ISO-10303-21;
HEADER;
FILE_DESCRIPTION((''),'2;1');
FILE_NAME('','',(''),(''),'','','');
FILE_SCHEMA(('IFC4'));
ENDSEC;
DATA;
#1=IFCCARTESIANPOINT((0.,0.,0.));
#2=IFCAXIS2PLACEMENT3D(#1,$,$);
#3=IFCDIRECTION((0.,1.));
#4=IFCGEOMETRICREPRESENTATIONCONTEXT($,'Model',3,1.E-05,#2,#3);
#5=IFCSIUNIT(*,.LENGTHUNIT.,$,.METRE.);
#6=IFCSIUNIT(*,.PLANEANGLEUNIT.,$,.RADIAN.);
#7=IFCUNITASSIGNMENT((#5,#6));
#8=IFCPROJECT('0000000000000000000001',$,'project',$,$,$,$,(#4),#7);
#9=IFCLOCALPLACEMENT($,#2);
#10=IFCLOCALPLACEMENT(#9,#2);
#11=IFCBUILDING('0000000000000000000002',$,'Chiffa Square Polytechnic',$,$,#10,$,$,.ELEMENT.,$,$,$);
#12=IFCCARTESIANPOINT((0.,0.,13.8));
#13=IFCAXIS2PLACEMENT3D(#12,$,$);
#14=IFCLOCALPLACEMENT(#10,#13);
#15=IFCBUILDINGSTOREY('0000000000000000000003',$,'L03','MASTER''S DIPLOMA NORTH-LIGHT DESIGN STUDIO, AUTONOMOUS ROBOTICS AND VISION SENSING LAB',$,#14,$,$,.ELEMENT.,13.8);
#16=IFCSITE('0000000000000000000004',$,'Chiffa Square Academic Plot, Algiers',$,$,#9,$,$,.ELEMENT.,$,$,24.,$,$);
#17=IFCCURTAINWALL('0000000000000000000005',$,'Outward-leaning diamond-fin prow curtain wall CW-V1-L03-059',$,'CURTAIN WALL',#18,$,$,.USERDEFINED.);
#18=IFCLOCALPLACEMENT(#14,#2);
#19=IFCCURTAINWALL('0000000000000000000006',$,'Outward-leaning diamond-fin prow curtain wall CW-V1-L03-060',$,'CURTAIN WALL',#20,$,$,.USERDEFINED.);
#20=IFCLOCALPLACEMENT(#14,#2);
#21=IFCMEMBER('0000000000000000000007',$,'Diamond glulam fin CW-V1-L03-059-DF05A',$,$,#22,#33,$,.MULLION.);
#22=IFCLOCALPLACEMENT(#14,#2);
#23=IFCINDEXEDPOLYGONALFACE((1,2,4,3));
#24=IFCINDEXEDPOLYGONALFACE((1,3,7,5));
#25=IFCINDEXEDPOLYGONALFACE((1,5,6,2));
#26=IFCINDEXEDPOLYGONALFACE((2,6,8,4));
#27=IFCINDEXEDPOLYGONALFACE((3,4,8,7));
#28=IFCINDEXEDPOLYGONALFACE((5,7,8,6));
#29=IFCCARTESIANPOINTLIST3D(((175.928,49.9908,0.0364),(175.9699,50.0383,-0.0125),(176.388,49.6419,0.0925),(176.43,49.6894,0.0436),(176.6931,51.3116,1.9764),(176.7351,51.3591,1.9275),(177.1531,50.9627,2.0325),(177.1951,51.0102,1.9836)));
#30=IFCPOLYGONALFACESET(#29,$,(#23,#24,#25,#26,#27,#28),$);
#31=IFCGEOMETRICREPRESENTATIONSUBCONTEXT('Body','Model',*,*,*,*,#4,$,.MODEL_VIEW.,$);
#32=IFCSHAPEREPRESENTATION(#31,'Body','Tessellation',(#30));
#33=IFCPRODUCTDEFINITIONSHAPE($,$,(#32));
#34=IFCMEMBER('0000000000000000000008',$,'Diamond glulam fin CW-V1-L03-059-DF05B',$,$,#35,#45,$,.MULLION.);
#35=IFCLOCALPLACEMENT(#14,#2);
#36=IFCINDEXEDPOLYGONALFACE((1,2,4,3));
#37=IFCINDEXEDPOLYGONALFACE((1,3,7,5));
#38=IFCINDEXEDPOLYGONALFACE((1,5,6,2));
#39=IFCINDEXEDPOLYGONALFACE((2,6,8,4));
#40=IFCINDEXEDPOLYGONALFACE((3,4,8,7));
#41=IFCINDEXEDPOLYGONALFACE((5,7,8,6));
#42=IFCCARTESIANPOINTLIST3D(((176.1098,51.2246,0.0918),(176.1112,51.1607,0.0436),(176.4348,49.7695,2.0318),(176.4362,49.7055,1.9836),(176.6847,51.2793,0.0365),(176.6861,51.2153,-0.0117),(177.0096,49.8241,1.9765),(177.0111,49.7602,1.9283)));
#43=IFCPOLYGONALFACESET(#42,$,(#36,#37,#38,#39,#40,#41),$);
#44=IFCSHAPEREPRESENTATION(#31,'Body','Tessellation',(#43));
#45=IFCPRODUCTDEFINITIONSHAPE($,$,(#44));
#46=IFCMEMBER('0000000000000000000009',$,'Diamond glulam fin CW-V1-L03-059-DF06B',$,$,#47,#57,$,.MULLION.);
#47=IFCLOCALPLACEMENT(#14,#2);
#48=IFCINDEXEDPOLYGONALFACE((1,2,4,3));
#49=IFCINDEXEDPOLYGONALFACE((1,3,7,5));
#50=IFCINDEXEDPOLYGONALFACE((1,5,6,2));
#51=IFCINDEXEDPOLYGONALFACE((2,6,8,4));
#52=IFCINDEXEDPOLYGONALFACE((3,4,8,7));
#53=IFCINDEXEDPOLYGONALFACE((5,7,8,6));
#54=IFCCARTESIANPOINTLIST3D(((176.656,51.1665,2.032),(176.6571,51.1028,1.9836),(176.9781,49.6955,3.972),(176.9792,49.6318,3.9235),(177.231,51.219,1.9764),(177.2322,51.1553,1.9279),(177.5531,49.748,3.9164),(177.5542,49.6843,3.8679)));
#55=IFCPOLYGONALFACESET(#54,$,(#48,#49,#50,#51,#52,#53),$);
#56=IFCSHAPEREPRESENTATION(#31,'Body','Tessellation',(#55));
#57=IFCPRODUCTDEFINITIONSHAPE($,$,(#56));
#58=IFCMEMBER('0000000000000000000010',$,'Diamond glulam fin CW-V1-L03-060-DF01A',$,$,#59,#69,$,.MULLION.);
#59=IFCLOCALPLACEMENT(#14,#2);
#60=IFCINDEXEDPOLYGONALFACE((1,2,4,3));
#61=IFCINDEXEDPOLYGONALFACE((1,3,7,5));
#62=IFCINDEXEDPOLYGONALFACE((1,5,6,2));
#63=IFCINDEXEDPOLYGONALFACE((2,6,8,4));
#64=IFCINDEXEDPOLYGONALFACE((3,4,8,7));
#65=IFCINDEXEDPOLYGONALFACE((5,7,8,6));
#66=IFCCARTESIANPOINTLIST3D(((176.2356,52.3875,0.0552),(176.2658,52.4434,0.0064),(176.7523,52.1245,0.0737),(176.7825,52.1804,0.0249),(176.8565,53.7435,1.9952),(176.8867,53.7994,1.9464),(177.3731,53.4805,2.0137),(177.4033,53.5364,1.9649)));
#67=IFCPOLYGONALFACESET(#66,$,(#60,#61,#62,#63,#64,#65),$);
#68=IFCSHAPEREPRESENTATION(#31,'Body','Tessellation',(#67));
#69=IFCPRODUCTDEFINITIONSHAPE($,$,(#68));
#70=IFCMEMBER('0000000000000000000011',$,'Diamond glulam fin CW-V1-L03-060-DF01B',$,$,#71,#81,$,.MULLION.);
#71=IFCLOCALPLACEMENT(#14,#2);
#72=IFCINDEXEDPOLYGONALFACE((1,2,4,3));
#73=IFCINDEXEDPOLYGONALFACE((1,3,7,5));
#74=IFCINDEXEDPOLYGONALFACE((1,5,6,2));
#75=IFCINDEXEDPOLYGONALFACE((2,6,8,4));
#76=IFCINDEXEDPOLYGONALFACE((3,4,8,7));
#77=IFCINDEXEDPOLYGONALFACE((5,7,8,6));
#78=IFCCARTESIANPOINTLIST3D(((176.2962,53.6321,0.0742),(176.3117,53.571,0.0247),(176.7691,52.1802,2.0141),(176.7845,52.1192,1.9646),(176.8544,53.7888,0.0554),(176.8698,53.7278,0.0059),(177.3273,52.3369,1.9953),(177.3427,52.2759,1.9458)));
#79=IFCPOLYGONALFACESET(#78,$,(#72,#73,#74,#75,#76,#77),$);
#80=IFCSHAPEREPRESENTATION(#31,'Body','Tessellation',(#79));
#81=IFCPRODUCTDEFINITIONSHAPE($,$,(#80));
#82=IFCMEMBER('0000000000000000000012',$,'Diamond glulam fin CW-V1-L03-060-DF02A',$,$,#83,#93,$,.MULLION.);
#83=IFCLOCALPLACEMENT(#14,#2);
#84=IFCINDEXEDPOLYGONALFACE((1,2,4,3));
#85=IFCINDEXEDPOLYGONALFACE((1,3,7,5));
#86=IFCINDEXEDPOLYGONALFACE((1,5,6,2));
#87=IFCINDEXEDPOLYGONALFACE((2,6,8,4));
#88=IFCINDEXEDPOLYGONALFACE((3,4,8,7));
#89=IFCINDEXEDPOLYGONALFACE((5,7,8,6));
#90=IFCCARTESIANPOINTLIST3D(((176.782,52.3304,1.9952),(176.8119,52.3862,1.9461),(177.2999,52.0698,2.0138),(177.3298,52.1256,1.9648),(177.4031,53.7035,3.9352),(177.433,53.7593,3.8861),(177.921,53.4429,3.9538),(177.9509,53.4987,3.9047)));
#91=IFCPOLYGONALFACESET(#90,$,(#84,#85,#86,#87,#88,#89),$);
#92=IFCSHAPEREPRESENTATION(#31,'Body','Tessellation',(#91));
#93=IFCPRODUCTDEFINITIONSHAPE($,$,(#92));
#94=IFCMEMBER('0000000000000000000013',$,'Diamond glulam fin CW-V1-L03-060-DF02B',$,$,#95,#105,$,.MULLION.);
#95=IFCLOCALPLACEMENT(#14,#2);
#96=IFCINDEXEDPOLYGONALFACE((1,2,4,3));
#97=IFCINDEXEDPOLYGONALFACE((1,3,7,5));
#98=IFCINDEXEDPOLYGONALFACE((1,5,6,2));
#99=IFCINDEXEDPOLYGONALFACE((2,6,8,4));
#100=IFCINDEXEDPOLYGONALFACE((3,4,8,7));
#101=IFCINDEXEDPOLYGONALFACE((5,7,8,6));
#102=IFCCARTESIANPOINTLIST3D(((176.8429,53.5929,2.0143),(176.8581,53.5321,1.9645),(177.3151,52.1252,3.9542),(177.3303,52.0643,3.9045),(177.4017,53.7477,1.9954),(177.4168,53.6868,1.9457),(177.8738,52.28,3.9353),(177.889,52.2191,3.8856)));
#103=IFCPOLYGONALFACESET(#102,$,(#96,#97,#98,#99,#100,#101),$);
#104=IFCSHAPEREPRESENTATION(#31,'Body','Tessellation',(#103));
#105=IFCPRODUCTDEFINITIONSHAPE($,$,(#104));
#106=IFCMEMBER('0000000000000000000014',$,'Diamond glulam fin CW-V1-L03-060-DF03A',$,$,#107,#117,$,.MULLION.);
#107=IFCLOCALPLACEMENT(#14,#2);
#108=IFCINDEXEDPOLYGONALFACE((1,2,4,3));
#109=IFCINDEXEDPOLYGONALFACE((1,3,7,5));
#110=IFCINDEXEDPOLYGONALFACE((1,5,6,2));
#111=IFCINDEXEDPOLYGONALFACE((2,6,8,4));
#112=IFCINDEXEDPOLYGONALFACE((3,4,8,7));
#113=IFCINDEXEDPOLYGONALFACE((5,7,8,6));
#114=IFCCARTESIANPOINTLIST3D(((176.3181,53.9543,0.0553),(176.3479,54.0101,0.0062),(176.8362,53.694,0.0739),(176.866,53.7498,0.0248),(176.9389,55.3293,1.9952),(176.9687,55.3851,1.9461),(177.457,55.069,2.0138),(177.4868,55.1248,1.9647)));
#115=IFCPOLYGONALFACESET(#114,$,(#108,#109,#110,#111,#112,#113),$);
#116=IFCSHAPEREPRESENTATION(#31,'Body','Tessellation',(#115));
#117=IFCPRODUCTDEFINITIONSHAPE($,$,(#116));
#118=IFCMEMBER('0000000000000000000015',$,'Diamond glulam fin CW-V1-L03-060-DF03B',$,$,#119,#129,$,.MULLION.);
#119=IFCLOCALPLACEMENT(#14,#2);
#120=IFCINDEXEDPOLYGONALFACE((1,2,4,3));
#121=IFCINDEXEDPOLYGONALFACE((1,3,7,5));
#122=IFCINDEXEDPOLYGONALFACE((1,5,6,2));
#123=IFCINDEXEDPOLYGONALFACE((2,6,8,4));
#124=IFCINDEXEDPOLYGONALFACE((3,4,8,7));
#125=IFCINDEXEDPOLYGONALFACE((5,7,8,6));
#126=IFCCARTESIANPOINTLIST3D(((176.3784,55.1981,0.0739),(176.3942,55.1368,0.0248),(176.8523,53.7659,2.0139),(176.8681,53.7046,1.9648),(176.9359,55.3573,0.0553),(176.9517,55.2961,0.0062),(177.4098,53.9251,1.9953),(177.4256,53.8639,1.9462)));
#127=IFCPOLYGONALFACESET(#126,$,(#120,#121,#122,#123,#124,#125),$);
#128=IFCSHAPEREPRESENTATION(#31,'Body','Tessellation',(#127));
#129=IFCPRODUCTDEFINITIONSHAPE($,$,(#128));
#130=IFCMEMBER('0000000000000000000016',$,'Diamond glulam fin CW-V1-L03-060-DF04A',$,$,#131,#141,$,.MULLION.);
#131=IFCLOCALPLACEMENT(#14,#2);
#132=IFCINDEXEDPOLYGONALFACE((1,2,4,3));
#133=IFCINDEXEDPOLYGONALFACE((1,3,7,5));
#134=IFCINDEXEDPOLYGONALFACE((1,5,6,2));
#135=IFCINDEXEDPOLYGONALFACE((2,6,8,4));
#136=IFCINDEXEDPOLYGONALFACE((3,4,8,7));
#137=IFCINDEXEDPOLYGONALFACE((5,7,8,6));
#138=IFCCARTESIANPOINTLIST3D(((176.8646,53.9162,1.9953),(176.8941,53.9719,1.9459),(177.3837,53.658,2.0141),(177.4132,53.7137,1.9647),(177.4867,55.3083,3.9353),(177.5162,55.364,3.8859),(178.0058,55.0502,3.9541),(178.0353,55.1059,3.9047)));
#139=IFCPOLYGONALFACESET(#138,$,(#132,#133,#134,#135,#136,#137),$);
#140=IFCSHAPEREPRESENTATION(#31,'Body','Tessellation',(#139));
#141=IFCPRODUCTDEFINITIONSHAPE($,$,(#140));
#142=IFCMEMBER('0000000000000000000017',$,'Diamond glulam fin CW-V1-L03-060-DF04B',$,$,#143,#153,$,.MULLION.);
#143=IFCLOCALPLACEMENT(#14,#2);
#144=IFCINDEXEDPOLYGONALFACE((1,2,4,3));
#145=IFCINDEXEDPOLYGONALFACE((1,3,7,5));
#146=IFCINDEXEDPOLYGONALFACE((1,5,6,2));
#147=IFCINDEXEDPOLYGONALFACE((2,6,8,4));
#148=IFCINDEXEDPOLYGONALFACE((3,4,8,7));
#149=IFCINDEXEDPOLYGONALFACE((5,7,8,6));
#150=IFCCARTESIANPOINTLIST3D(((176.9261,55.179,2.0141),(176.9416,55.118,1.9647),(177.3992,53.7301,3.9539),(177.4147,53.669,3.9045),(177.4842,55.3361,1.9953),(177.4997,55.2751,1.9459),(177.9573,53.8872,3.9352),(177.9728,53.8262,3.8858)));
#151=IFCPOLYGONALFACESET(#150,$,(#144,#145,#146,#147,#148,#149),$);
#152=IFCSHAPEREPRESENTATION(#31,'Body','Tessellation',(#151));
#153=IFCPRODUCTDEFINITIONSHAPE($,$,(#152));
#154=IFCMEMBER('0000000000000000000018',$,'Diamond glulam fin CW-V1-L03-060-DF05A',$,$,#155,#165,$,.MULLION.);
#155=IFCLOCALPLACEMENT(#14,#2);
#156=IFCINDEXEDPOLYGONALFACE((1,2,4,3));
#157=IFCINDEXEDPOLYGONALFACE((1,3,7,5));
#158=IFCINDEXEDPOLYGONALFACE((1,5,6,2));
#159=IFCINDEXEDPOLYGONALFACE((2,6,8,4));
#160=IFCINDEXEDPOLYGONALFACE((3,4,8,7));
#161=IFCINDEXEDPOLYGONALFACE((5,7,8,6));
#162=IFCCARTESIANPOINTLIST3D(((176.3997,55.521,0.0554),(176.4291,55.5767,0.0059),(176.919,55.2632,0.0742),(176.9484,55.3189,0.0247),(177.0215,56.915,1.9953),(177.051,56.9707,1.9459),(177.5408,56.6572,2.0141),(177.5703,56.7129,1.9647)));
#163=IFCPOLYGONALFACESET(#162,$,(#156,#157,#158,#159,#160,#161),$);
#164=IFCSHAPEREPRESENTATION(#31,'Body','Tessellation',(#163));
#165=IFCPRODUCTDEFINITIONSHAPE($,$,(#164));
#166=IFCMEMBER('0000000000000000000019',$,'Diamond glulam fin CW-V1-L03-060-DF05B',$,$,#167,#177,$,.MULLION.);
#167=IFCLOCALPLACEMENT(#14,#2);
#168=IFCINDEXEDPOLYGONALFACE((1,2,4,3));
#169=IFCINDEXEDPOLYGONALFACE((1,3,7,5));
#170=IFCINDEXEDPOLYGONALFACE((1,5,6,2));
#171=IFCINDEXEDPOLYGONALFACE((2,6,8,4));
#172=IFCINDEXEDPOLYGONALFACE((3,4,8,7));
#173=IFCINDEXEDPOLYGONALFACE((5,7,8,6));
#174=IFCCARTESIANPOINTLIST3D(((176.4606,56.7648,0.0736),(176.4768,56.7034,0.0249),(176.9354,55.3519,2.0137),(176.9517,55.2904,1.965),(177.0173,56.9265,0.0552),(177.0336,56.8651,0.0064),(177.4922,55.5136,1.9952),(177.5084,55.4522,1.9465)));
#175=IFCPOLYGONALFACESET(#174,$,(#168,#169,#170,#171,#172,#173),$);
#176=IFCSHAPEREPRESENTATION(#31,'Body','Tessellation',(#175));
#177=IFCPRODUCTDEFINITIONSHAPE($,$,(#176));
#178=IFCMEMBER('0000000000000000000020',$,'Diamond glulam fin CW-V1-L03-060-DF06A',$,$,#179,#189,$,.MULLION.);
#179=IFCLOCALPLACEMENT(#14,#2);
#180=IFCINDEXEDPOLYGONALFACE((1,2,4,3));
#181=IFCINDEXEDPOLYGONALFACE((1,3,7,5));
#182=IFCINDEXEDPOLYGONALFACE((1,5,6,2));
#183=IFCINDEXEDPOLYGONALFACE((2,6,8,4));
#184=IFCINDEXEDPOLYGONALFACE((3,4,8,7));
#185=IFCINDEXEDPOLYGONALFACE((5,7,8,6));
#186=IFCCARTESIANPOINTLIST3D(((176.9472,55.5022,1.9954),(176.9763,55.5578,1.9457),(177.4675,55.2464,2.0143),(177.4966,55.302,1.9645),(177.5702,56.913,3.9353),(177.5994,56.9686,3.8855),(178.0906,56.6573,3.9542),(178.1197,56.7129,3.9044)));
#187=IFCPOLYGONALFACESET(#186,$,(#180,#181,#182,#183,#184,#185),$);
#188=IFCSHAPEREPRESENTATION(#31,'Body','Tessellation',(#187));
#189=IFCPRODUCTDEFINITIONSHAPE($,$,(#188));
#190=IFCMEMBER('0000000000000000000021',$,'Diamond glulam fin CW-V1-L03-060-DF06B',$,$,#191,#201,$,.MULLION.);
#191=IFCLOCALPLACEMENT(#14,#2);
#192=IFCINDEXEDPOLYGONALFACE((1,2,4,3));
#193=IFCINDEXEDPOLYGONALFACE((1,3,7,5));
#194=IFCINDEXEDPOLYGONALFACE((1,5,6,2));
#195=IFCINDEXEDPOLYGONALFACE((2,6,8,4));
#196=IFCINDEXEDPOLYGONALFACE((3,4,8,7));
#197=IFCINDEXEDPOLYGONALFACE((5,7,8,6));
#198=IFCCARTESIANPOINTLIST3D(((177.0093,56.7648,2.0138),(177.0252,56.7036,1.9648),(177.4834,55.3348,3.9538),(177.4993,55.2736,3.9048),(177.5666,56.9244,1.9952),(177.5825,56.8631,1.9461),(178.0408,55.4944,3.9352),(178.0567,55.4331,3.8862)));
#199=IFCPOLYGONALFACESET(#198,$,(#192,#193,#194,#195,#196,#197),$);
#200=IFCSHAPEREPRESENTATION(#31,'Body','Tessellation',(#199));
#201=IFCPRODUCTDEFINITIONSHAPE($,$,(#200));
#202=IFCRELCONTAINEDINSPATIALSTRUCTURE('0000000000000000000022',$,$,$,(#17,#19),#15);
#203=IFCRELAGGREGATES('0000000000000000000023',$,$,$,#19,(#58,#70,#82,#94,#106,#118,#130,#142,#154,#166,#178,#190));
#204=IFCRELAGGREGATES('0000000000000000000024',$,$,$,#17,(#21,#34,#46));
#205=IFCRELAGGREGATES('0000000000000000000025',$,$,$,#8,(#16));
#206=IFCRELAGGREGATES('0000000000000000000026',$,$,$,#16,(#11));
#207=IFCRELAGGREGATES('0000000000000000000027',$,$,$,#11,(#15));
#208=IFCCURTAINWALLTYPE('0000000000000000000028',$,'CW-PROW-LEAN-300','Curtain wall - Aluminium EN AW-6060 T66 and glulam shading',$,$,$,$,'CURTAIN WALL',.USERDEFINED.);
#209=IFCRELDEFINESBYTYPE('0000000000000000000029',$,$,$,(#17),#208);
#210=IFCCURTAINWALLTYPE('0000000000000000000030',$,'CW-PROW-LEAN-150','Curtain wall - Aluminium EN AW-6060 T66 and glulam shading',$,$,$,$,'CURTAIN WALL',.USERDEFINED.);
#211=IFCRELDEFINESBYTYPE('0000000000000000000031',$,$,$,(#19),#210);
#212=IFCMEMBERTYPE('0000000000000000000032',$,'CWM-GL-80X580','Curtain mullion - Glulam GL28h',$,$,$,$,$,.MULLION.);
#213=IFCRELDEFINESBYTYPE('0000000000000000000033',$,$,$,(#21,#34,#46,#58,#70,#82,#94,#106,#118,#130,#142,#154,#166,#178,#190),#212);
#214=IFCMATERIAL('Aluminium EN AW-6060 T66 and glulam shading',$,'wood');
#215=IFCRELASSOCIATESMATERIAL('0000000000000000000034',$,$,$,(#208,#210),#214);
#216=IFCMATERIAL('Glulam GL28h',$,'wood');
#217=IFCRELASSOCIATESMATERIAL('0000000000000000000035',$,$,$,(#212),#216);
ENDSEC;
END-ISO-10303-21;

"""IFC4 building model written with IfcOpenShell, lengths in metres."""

from ifc_helpers import new_model, si_unit, direction, frame, origin, origin_2d, place, context, subcontext, project, spatial, rectangle, extrude, material, material_profile, profile_set, type_object, element, aggregate, save


model = new_model("IFC4")

# Units and contexts
model_context = context("Model", 3, precision=1e-05, world=origin(), true_north=direction((0.0, 1.0)))
body_context = subcontext(model_context, "Body", "Model", "MODEL_VIEW")
ifc_project = project(units=[si_unit("LENGTHUNIT", "METRE"), si_unit("PLANEANGLEUNIT", "RADIAN")], contexts=[model_context])

# Site, building, storey
site_placement = place(None, origin())
site = spatial("IfcSite", under=ifc_project, at=site_placement, Name="Chiffa Square Academic Plot, Algiers", CompositionType="ELEMENT", RefElevation=24.0)
building_placement = place(site_placement, origin())
building = spatial("IfcBuilding", under=site, at=building_placement, Name="Chiffa Square Polytechnic", CompositionType="ELEMENT")
storey_placement = place(building_placement, frame((0.0, 0.0, 13.8)))
storey = spatial("IfcBuildingStorey", under=building, at=storey_placement, Name="L03", Description="MASTER'S DIPLOMA NORTH-LIGHT DESIGN STUDIO, AUTONOMOUS ROBOTICS AND VISION SENSING LAB", CompositionType="ELEMENT", Elevation=13.8)

# Curtain walls
ifc_material_1 = material(Name="Aluminium EN AW-6060 T66 and glulam shading", Category="wood")
curtain_wall_type_1 = type_object("IfcCurtainWallType", Name="CW-PROW-LEAN-300", Description="Curtain wall - Aluminium EN AW-6060 T66 and glulam shading", ElementType="CURTAIN WALL", PredefinedType="USERDEFINED", material=ifc_material_1)
curtain_wall_1_placement = place(storey_placement, origin())
curtain_wall_1 = element("IfcCurtainWall", 1, at=curtain_wall_1_placement, inside=storey, type_object=curtain_wall_type_1, Name="Outward-leaning diamond-fin prow curtain wall CW-V1-L03-059", ObjectType="CURTAIN WALL", PredefinedType="USERDEFINED")
curtain_wall_type_2 = type_object("IfcCurtainWallType", Name="CW-PROW-LEAN-150", Description="Curtain wall - Aluminium EN AW-6060 T66 and glulam shading", ElementType="CURTAIN WALL", PredefinedType="USERDEFINED", material=ifc_material_1)
curtain_wall_2_placement = place(storey_placement, origin())
curtain_wall_2 = element("IfcCurtainWall", 2, at=curtain_wall_2_placement, inside=storey, type_object=curtain_wall_type_2, Name="Outward-leaning diamond-fin prow curtain wall CW-V1-L03-060", ObjectType="CURTAIN WALL", PredefinedType="USERDEFINED")

# Members
ifc_material_2 = material(Name="Glulam GL28h", Category="wood")
ifc_material_profile_1 = material_profile(ifc_material_2, rectangle(XDim=0.0801, YDim=0.5801, at=origin_2d()), Name="GL28h 80x580")
ifc_profile_set_1 = profile_set([ifc_material_profile_1], Name="Glulam GL28h")
member_type_1 = type_object("IfcMemberType", Name="CWM-GL-80X580", Description="Curtain mullion - Glulam GL28h", PredefinedType="MULLION", material=ifc_profile_set_1)
member_1_placement = place(storey_placement, frame((176.179, 49.8401, 0.04), z_axis=(0.309965, 0.53507, 0.78589), x_axis=(-0.524449, -0.593239, 0.610754)))
member_1 = element("IfcMember", 3, at=member_1_placement, type_object=member_type_1, Name="Diamond glulam fin CW-V1-L03-059-DF05A", PredefinedType="MULLION", context=body_context, shape_type="SweptSolid", body=[
    extrude(rectangle(XDim=0.0801, YDim=0.5801, at=origin_2d()), origin(), (0.0, 0.0, 1.0), 2.4685),
])
member_2_placement = place(storey_placement, frame((176.3979, 51.22, 0.04), z_axis=(0.132813, -0.594717, 0.792889), x_axis=(-0.018011, 0.798396, 0.601864)))
member_2 = element("IfcMember", 4, at=member_2_placement, type_object=member_type_1, Name="Diamond glulam fin CW-V1-L03-059-DF05B", PredefinedType="MULLION", context=body_context, shape_type="SweptSolid", body=[
    extrude(rectangle(XDim=0.0801, YDim=0.5801, at=origin_2d()), origin(), (0.0, 0.0, 1.0), 2.4468),
])
member_3_placement = place(storey_placement, frame((176.9441, 51.1609, 1.98), z_axis=(0.131129, -0.598978, 0.789956), x_axis=(-0.014042, 0.795634, 0.605615)))
member_3 = element("IfcMember", 5, at=member_3_placement, type_object=member_type_1, Name="Diamond glulam fin CW-V1-L03-059-DF06B", PredefinedType="MULLION", context=body_context, shape_type="SweptSolid", body=[
    extrude(rectangle(XDim=0.0801, YDim=0.5801, at=origin_2d()), origin(), (0.0, 0.0, 1.0), 2.4558),
])
member_4_placement = place(storey_placement, frame((176.509, 52.2839, 0.04), z_axis=(0.253726, 0.554147, 0.792808), x_axis=(-0.377183, -0.698065, 0.608637)))
member_4 = element("IfcMember", 6, at=member_4_placement, type_object=member_type_1, Name="Diamond glulam fin CW-V1-L03-060-DF01A", PredefinedType="MULLION", context=body_context, shape_type="SweptSolid", body=[
    extrude(rectangle(XDim=0.0801, YDim=0.5801, at=origin_2d()), origin(), (0.0, 0.0, 1.0), 2.447),
])
member_5_placement = place(storey_placement, frame((176.583, 53.6799, 0.04), z_axis=(0.19155, -0.588098, 0.785779), x_axis=(-0.193257, 0.762331, 0.617659)))
member_5 = element("IfcMember", 7, at=member_5_placement, type_object=member_type_1, Name="Diamond glulam fin CW-V1-L03-060-DF01B", PredefinedType="MULLION", context=body_context, shape_type="SweptSolid", body=[
    extrude(rectangle(XDim=0.0801, YDim=0.5801, at=origin_2d()), origin(), (0.0, 0.0, 1.0), 2.4688),
])
member_6_placement = place(storey_placement, frame((177.0559, 52.228, 1.98), z_axis=(0.252837, 0.558945, 0.789718), x_axis=(-0.372714, -0.696971, 0.612629)))
member_6 = element("IfcMember", 8, at=member_6_placement, type_object=member_type_1, Name="Diamond glulam fin CW-V1-L03-060-DF02A", PredefinedType="MULLION", context=body_context, shape_type="SweptSolid", body=[
    extrude(rectangle(XDim=0.0801, YDim=0.5801, at=origin_2d()), origin(), (0.0, 0.0, 1.0), 2.4565),
])
member_7_placement = place(storey_placement, frame((177.1299, 53.6399, 1.98), z_axis=(0.190541, -0.592313, 0.782854), x_axis=(-0.189587, 0.760248, 0.621353)))
member_7 = element("IfcMember", 9, at=member_7_placement, type_object=member_type_1, Name="Diamond glulam fin CW-V1-L03-060-DF02B", PredefinedType="MULLION", context=body_context, shape_type="SweptSolid", body=[
    extrude(rectangle(XDim=0.0801, YDim=0.5801, at=origin_2d()), origin(), (0.0, 0.0, 1.0), 2.478),
])
member_8_placement = place(storey_placement, frame((176.592, 53.8521, 0.04), z_axis=(0.252632, 0.559505, 0.789387), x_axis=(-0.372104, -0.696924, 0.613055)))
member_8 = element("IfcMember", 10, at=member_8_placement, type_object=member_type_1, Name="Diamond glulam fin CW-V1-L03-060-DF03A", PredefinedType="MULLION", context=body_context, shape_type="SweptSolid", body=[
    extrude(rectangle(XDim=0.0801, YDim=0.5801, at=origin_2d()), origin(), (0.0, 0.0, 1.0), 2.4575),
])
member_9_placement = place(storey_placement, frame((176.665, 55.2471, 0.04), z_axis=(0.192835, -0.582777, 0.789421), x_axis=(-0.197962, 0.764872, 0.613011)))
member_9 = element("IfcMember", 11, at=member_9_placement, type_object=member_type_1, Name="Diamond glulam fin CW-V1-L03-060-DF03B", PredefinedType="MULLION", context=body_context, shape_type="SweptSolid", body=[
    extrude(rectangle(XDim=0.0801, YDim=0.5801, at=origin_2d()), origin(), (0.0, 0.0, 1.0), 2.4575),
])
member_10_placement = place(storey_placement, frame((177.1389, 53.8149, 1.98), z_axis=(0.252112, 0.564184, 0.786216), x_axis=(-0.368103, -0.695473, 0.617104)))
member_10 = element("IfcMember", 12, at=member_10_placement, type_object=member_type_1, Name="Diamond glulam fin CW-V1-L03-060-DF04A", PredefinedType="MULLION", context=body_context, shape_type="SweptSolid", body=[
    extrude(rectangle(XDim=0.0801, YDim=0.5801, at=origin_2d()), origin(), (0.0, 0.0, 1.0), 2.4675),
])
member_11_placement = place(storey_placement, frame((177.2129, 55.2271, 1.98), z_axis=(0.191779, -0.58731, 0.786313), x_axis=(-0.193992, 0.762693, 0.616982)))
member_11 = element("IfcMember", 13, at=member_11_placement, type_object=member_type_1, Name="Diamond glulam fin CW-V1-L03-060-DF04B", PredefinedType="MULLION", context=body_context, shape_type="SweptSolid", body=[
    extrude(rectangle(XDim=0.0801, YDim=0.5801, at=origin_2d()), origin(), (0.0, 0.0, 1.0), 2.467),
])
member_12_placement = place(storey_placement, frame((176.6741, 55.4199, 0.04), z_axis=(0.251906, 0.564737, 0.785885), x_axis=(-0.367504, -0.695416, 0.617525)))
member_12 = element("IfcMember", 14, at=member_12_placement, type_object=member_type_1, Name="Diamond glulam fin CW-V1-L03-060-DF05A", PredefinedType="MULLION", context=body_context, shape_type="SweptSolid", body=[
    extrude(rectangle(XDim=0.0801, YDim=0.5801, at=origin_2d()), origin(), (0.0, 0.0, 1.0), 2.4685),
])
member_13_placement = place(storey_placement, frame((176.7471, 56.8149, 0.04), z_axis=(0.194101, -0.577514, 0.792971), x_axis=(-0.202674, 0.767296, 0.608425)))
member_13 = element("IfcMember", 15, at=member_13_placement, type_object=member_type_1, Name="Diamond glulam fin CW-V1-L03-060-DF05B", PredefinedType="MULLION", context=body_context, shape_type="SweptSolid", body=[
    extrude(rectangle(XDim=0.0801, YDim=0.5801, at=origin_2d()), origin(), (0.0, 0.0, 1.0), 2.4465),
])
member_14_placement = place(storey_placement, frame((177.2219, 55.4021, 1.98), z_axis=(0.251397, 0.569288, 0.782759), x_axis=(-0.363648, -0.693925, 0.621473)))
member_14 = element("IfcMember", 16, at=member_14_placement, type_object=member_type_1, Name="Diamond glulam fin CW-V1-L03-060-DF06A", PredefinedType="MULLION", context=body_context, shape_type="SweptSolid", body=[
    extrude(rectangle(XDim=0.0801, YDim=0.5801, at=origin_2d()), origin(), (0.0, 0.0, 1.0), 2.4783),
])
member_15_placement = place(storey_placement, frame((177.2959, 56.814, 1.98), z_axis=(0.193031, -0.582175, 0.789817), x_axis=(-0.198554, 0.765126, 0.612501)))
member_15 = element("IfcMember", 17, at=member_15_placement, type_object=member_type_1, Name="Diamond glulam fin CW-V1-L03-060-DF06B", PredefinedType="MULLION", context=body_context, shape_type="SweptSolid", body=[
    extrude(rectangle(XDim=0.0801, YDim=0.5801, at=origin_2d()), origin(), (0.0, 0.0, 1.0), 2.4563),
])

aggregate(curtain_wall_2, [member_4, member_5, member_6, member_7, member_8, member_9, member_10, member_11, member_12, member_13, member_14, member_15])
aggregate(curtain_wall_1, [member_1, member_2, member_3])

save(model, "model.ifc")
